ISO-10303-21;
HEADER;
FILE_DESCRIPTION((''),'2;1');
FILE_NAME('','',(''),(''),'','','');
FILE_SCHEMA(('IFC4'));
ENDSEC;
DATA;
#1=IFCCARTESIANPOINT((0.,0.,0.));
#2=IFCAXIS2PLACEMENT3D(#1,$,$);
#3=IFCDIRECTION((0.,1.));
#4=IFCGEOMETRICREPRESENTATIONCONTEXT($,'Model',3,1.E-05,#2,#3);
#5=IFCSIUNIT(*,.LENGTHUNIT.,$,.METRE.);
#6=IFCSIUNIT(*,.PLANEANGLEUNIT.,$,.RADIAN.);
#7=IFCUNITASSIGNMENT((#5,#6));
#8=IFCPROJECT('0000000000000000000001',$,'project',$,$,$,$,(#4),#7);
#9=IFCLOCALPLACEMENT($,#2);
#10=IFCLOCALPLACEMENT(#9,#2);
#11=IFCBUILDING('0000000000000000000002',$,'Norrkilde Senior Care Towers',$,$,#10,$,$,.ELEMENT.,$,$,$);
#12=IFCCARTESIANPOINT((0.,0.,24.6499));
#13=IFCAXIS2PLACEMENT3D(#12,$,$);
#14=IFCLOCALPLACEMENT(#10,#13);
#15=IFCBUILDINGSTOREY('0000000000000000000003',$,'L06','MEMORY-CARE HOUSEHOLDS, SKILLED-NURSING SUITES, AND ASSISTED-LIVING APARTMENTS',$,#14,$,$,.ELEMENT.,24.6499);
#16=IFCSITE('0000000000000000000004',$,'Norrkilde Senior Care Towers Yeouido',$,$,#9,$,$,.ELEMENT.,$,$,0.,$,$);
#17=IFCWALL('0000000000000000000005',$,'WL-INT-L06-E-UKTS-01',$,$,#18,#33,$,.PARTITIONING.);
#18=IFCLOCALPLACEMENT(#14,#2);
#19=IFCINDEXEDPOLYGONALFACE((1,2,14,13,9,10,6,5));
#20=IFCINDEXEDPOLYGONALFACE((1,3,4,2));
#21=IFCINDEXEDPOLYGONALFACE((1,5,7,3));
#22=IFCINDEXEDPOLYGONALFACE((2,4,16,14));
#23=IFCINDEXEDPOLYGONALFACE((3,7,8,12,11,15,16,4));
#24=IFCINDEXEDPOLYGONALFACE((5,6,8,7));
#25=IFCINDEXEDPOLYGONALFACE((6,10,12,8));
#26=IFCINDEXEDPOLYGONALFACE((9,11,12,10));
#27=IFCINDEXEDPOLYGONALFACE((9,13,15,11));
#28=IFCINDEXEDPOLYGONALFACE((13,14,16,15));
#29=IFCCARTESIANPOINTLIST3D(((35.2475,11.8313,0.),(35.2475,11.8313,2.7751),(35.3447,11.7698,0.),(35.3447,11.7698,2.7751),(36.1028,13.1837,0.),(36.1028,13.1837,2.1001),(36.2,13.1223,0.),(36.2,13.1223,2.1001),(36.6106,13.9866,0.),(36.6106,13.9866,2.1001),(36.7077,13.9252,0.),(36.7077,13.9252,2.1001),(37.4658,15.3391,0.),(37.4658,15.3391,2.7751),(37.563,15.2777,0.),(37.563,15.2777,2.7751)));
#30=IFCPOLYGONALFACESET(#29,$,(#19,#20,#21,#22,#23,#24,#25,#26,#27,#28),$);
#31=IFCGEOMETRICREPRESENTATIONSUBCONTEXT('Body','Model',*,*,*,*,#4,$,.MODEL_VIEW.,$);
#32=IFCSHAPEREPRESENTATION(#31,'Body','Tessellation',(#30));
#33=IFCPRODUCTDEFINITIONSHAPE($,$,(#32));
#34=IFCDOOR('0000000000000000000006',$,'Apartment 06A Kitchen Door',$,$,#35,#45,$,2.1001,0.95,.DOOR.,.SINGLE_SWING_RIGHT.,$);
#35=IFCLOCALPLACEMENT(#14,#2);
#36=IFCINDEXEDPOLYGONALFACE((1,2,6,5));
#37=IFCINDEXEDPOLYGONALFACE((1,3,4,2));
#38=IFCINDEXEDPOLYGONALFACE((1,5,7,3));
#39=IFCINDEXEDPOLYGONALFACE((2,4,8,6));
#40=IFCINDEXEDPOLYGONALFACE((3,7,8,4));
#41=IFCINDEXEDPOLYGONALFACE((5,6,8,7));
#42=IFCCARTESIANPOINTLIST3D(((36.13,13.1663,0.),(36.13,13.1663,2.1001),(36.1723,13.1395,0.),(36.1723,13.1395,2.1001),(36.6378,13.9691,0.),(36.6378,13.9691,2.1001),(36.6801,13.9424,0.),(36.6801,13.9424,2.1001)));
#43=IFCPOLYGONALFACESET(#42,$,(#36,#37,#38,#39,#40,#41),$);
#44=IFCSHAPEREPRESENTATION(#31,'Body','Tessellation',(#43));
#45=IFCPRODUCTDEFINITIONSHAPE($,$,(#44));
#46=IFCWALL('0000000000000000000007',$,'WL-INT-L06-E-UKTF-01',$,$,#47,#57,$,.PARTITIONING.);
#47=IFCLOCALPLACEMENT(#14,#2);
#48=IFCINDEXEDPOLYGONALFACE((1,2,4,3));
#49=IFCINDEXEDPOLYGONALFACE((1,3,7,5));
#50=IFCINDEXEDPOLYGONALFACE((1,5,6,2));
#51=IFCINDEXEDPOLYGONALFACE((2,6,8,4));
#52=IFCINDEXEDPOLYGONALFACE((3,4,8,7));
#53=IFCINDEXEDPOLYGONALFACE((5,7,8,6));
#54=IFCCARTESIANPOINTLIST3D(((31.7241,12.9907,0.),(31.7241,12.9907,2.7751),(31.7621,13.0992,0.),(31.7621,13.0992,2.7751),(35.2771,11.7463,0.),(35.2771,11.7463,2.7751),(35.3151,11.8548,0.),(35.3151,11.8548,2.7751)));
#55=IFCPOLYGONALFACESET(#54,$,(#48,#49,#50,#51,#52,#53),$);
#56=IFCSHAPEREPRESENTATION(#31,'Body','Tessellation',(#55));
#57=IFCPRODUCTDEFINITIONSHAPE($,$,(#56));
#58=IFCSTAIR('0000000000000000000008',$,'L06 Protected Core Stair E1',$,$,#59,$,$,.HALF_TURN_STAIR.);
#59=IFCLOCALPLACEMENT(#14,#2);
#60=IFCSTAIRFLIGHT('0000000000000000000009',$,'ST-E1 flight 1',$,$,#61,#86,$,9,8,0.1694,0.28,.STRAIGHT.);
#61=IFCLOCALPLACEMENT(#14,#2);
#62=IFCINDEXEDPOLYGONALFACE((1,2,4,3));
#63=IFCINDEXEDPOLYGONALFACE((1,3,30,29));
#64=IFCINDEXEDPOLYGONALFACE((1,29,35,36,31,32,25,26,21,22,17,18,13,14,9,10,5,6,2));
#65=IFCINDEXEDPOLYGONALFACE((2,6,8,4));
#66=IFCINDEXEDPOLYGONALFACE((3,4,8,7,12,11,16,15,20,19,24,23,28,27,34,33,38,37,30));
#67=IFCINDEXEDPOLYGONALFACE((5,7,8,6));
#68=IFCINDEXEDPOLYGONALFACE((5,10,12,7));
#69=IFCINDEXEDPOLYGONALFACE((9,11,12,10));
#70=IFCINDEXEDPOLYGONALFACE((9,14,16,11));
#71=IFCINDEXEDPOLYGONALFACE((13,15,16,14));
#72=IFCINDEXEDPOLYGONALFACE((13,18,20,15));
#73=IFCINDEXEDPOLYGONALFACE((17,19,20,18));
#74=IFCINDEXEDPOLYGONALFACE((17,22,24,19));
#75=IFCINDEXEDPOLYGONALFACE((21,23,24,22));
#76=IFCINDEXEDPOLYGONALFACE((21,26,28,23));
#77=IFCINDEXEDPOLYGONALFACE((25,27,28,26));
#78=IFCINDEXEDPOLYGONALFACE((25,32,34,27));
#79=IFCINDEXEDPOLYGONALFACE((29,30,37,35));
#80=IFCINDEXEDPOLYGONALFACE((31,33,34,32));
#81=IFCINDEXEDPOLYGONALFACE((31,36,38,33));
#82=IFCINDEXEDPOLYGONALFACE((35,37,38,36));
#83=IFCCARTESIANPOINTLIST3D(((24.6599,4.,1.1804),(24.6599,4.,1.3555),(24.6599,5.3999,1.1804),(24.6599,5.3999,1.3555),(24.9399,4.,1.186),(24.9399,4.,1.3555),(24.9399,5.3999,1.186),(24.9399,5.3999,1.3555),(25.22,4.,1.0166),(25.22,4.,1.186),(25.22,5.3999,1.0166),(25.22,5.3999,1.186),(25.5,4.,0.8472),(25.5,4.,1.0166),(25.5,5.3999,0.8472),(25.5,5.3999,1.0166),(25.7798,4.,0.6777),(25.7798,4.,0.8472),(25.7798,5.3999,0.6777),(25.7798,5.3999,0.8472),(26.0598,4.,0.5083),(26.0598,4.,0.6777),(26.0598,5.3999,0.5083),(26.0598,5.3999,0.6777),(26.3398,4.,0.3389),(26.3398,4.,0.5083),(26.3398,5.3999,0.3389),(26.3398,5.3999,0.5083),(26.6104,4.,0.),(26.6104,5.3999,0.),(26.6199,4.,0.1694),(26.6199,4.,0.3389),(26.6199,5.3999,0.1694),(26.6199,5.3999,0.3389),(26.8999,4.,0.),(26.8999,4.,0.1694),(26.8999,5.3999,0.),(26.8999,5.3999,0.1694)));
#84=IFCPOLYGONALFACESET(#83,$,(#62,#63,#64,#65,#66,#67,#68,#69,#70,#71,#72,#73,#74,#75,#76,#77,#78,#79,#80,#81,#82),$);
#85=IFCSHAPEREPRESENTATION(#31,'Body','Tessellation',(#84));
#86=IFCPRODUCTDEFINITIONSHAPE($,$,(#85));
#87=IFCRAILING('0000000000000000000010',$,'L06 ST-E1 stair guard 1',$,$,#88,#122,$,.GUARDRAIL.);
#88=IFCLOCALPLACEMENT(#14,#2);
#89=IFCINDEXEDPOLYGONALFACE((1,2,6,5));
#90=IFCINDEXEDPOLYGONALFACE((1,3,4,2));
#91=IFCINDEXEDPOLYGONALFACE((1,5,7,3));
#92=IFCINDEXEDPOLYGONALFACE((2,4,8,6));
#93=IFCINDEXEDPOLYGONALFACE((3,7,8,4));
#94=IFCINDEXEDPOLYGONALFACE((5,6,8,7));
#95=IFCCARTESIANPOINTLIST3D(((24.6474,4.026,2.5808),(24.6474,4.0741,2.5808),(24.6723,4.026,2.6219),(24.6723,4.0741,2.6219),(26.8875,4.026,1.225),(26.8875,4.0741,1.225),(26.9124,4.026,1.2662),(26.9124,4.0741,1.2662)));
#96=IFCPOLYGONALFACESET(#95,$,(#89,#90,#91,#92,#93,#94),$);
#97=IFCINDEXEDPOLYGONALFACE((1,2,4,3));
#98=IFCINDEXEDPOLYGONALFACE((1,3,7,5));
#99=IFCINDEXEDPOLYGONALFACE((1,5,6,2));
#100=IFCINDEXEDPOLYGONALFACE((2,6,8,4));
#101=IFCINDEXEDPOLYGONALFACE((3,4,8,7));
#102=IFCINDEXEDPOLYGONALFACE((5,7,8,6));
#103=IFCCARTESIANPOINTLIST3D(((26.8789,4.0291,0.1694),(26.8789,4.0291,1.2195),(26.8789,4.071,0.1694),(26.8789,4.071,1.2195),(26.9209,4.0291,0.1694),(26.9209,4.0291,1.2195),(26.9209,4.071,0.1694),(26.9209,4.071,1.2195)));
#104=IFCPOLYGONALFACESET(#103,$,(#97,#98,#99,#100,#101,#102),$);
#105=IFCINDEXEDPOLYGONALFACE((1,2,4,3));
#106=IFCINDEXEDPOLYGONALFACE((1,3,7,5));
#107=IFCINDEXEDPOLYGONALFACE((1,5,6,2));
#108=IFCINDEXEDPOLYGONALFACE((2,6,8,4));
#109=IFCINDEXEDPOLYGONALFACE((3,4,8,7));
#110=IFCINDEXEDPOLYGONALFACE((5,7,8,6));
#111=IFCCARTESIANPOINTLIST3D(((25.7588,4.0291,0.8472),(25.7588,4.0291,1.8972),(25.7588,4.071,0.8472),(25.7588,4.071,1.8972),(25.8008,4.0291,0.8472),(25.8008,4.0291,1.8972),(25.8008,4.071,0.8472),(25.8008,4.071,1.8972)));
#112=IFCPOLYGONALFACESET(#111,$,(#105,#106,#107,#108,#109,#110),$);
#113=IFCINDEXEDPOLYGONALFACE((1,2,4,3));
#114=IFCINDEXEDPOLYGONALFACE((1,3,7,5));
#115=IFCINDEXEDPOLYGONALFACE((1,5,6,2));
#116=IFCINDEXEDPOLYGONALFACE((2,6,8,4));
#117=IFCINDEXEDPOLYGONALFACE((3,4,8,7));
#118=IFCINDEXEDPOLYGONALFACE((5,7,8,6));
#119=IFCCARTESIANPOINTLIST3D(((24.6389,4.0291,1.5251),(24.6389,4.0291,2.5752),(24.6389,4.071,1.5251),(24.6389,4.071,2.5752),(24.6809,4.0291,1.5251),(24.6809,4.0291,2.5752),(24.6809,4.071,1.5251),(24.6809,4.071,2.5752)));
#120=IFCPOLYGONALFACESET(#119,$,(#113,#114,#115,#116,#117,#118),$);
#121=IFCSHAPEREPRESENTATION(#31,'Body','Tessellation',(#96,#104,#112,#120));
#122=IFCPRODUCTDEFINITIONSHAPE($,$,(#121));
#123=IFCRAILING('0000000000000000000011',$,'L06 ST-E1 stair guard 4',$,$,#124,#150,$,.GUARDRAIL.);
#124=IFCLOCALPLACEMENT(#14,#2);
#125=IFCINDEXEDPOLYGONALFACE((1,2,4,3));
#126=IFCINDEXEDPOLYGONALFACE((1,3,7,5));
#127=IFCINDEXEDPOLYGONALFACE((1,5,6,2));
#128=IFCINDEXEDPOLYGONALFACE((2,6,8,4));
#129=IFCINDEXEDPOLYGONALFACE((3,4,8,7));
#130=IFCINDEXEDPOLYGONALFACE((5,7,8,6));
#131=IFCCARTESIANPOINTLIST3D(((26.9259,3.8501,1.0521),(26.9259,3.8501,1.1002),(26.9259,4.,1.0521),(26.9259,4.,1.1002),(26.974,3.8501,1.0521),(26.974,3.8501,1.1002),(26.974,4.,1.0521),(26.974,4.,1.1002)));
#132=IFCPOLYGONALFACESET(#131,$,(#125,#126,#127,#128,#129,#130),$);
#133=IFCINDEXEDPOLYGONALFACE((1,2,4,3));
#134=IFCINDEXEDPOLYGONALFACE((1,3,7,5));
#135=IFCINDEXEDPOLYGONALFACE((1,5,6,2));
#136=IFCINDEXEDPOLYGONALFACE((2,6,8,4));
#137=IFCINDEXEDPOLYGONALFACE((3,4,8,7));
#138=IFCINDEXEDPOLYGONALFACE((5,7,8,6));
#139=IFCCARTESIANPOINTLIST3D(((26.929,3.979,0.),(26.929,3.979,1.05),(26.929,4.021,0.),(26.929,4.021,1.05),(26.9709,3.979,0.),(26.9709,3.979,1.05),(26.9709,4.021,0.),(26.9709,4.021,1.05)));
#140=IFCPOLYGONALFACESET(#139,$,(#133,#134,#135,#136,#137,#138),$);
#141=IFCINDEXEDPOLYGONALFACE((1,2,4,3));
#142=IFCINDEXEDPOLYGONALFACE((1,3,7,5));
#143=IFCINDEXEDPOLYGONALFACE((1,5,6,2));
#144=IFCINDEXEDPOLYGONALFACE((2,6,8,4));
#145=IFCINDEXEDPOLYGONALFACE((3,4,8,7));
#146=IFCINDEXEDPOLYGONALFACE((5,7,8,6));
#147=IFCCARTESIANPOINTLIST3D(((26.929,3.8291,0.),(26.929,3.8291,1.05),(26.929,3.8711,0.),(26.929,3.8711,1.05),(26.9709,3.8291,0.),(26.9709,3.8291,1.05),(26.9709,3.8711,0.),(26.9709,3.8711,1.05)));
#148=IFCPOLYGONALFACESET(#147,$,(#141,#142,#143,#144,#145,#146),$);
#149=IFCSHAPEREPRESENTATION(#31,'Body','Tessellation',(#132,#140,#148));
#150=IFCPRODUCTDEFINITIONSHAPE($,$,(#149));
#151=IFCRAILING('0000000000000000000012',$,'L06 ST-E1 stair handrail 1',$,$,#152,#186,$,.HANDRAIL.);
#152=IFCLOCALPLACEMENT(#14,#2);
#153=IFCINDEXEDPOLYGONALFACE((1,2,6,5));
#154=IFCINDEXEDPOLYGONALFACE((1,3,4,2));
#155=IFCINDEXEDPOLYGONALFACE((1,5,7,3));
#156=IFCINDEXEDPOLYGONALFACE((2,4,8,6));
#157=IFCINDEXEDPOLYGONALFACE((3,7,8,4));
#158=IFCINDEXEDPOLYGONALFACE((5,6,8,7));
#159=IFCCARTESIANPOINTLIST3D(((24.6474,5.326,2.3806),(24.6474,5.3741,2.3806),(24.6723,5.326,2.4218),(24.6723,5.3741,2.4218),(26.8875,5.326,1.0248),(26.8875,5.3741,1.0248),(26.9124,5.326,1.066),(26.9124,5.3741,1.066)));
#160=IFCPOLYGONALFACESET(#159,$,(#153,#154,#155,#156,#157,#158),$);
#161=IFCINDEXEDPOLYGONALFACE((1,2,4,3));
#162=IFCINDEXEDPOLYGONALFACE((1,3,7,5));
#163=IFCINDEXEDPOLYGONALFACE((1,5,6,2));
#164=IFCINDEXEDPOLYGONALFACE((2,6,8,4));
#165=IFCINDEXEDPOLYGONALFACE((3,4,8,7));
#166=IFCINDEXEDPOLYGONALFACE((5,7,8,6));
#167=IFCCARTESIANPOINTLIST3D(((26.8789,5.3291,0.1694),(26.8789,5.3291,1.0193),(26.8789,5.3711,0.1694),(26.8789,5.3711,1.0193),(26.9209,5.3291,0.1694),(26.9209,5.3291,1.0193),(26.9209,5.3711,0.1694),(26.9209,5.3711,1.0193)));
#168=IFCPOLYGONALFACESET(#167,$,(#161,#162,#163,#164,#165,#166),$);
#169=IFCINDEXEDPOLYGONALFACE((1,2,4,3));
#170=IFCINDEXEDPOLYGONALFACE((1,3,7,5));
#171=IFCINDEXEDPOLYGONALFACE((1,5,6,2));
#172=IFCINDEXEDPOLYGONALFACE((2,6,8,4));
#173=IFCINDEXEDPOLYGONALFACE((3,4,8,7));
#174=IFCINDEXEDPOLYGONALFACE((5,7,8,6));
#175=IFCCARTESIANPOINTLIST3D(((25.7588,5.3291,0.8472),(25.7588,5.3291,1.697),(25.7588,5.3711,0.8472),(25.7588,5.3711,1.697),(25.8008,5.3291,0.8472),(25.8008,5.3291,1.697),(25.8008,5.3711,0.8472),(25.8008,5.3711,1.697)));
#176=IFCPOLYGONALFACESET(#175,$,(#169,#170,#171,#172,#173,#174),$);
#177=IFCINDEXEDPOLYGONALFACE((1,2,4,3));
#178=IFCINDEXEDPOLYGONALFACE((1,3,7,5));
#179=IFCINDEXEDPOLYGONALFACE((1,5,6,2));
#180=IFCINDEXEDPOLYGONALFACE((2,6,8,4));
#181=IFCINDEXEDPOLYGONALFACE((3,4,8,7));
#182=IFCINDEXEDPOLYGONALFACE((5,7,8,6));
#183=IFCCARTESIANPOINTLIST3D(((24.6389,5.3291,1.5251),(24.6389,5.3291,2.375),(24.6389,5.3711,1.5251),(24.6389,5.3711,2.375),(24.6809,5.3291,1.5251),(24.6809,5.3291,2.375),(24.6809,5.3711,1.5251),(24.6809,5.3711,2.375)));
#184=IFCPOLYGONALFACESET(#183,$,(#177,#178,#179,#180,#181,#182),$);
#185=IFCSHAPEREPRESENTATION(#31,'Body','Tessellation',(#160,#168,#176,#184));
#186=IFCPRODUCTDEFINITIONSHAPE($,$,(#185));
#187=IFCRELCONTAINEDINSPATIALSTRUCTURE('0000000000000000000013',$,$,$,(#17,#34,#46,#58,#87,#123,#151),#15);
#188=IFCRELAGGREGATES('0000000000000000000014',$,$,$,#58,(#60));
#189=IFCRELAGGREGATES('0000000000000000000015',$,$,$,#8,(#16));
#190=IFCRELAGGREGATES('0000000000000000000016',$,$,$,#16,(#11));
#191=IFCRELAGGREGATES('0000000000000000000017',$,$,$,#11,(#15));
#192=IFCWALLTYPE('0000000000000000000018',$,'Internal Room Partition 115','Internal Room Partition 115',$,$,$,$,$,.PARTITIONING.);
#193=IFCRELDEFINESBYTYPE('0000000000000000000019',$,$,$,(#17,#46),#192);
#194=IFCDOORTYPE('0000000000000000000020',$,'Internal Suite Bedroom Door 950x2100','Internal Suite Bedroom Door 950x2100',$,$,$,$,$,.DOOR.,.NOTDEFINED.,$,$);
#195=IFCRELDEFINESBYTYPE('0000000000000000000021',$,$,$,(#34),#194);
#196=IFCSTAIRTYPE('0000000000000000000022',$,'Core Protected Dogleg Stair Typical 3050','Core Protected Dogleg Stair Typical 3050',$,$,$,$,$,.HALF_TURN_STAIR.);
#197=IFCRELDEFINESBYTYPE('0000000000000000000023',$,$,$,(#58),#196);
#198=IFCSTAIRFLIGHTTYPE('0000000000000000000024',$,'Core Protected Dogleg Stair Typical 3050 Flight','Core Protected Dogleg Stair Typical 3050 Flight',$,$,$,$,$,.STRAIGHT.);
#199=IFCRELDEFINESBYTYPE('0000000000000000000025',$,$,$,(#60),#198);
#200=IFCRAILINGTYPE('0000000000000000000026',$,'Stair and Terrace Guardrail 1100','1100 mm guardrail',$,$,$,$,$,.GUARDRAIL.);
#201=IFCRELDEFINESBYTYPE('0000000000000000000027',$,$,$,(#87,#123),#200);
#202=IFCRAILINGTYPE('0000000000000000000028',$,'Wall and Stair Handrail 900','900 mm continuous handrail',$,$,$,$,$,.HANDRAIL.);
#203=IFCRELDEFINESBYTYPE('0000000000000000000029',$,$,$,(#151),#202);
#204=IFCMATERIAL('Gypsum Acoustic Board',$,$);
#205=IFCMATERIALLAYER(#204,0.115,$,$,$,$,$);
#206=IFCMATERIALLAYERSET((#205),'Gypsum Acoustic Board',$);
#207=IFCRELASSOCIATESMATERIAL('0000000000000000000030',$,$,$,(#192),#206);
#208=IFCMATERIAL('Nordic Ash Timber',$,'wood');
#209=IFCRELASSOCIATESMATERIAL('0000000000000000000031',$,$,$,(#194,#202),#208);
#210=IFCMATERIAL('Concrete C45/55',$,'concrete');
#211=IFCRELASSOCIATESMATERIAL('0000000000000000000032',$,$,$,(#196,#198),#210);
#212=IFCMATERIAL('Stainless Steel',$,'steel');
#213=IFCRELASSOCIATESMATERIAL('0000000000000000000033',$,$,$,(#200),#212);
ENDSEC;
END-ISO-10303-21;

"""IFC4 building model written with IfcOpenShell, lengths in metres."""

from ifc_helpers import new_model, si_unit, direction, frame, frame_2d, origin, origin_2d, place, context, subcontext, project, spatial, polyline, rectangle, outline, extrude, source, transform, mapped, material, layer, layer_set, type_object, type_shapes, element, fill, aggregate, save


model = new_model("IFC4")

# Units and contexts
model_context = context("Model", 3, precision=1e-05, world=origin(), true_north=direction((0.0, 1.0)))
body_context = subcontext(model_context, "Body", "Model", "MODEL_VIEW")
ifc_project = project(units=[si_unit("LENGTHUNIT", "METRE"), si_unit("PLANEANGLEUNIT", "RADIAN")], contexts=[model_context])

# Site, building, storey
site_placement = place(None, origin())
site = spatial("IfcSite", under=ifc_project, at=site_placement, Name="Norrkilde Senior Care Towers Yeouido", CompositionType="ELEMENT", RefElevation=0.0)
building_placement = place(site_placement, origin())
building = spatial("IfcBuilding", under=site, at=building_placement, Name="Norrkilde Senior Care Towers", CompositionType="ELEMENT")
storey_placement = place(building_placement, frame((0.0, 0.0, 24.6499)))
storey = spatial("IfcBuildingStorey", under=building, at=storey_placement, Name="L06", Description="MEMORY-CARE HOUSEHOLDS, SKILLED-NURSING SUITES, AND ASSISTED-LIVING APARTMENTS", CompositionType="ELEMENT", Elevation=24.6499)

# Shared definitions
ifc_material_1 = material(Name="Concrete C45/55", Category="concrete")

# Shared definitions
ifc_material_2 = material(Name="Gypsum Acoustic Board")
ifc_layer_1 = layer(ifc_material_2, 0.115)
ifc_layer_set_1 = layer_set([ifc_layer_1], Name="Gypsum Acoustic Board")
wall_type_1 = type_object("IfcWallType", Name="Internal Room Partition 115", Description="Internal Room Partition 115", PredefinedType="PARTITIONING", material=ifc_layer_set_1)
ifc_material_3 = material(Name="Nordic Ash Timber", Category="wood")
door_type_1 = type_object("IfcDoorType", Name="Internal Suite Bedroom Door 950x2100", Description="Internal Suite Bedroom Door 950x2100", OperationType="NOTDEFINED", PredefinedType="DOOR", material=ifc_material_3)
shared_shape_1 = source(origin(), body_context, "Body", "SweptSolid", [
    extrude(rectangle(XDim=0.95, YDim=2.1001, at=frame_2d((0.4751, 1.05))), frame((0.0, 0.0249, 0.0), z_axis=(0.0, -1.0, 0.0), x_axis=(1.0, 0.0, 0.0)), (0.0, 0.0, 1.0), 0.05),
])
type_shapes(door_type_1, [shared_shape_1])

# Wall, opening, door
shared_shape_2 = source(origin(), body_context, "Body", "SweptSolid", [
    extrude(rectangle(XDim=4.1504, YDim=0.115, at=frame_2d((2.0752, 0.0))), origin(), (0.0, 0.0, 1.0), 2.7751),
])
wall_1_placement = place(storey_placement, frame((35.2961, 11.8005, 0.0), z_axis=(0.0, 0.0, 1.0), x_axis=(0.534475, 0.845184, 0.0)))
wall_1 = element("IfcWall", 1, at=wall_1_placement, inside=storey, type_object=wall_type_1, Name="WL-INT-L06-E-UKTS-01", PredefinedType="PARTITIONING", context=body_context, shape_type="MappedRepresentation", body=[
    mapped(shared_shape_2, transform((0.0, 0.0, 0.0), x_axis=(1.0, 0.0, 0.0), y_axis=(0.0, 1.0, 0.0), z_axis=(0.0, 0.0, 1.0), scale=1.0)),
])
opening_1_placement = place(wall_1_placement, frame((1.6001, 0.0, 0.0)))
opening_1 = element("IfcOpeningElement", 2, at=opening_1_placement, cuts=wall_1, PredefinedType="OPENING", context=body_context, shape_type="SweptSolid", body=[
    extrude(rectangle(XDim=0.95, YDim=2.1001, at=frame_2d((0.4751, 1.05))), frame((0.0, 0.0674, 0.0), z_axis=(0.0, -1.0, 0.0), x_axis=(1.0, 0.0, 0.0)), (0.0, 0.0, 1.0), 0.135),
])
door_1_placement = place(opening_1_placement, frame((0.95, 0.0, 0.0), z_axis=(0.0, 0.0, 1.0), x_axis=(-1.0, 0.0, 0.0)))
door_1 = element("IfcDoor", 3, at=door_1_placement, inside=storey, type_object=door_type_1, Name="Apartment 06A Kitchen Door", OperationType="SINGLE_SWING_RIGHT", OverallHeight=2.1001, OverallWidth=0.95, PredefinedType="DOOR", context=body_context, shape_type="MappedRepresentation", body=[
    mapped(shared_shape_1, transform((0.0, 0.0, 0.0), x_axis=(1.0, 0.0, 0.0), y_axis=(0.0, 1.0, 0.0), z_axis=(0.0, 0.0, 1.0), scale=1.0)),
])
fill(opening_1, door_1)

# Wall
shared_shape_3 = source(origin(), body_context, "Body", "SweptSolid", [
    extrude(rectangle(XDim=3.7646, YDim=0.115, at=frame_2d((1.8823, 0.0))), origin(), (0.0, 0.0, 1.0), 2.7751),
])
wall_2_placement = place(storey_placement, frame((35.2961, 11.8005, 0.0), z_axis=(0.0, 0.0, 1.0), x_axis=(-0.943789, 0.33055, 0.0)))
element("IfcWall", 4, at=wall_2_placement, inside=storey, type_object=wall_type_1, Name="WL-INT-L06-E-UKTF-01", PredefinedType="PARTITIONING", context=body_context, shape_type="MappedRepresentation", body=[
    mapped(shared_shape_3, transform((0.0, 0.0, 0.0), x_axis=(1.0, 0.0, 0.0), y_axis=(0.0, 1.0, 0.0), z_axis=(0.0, 0.0, 1.0), scale=1.0)),
])

# Stair, stair flight
stair_type = type_object("IfcStairType", Name="Core Protected Dogleg Stair Typical 3050", Description="Core Protected Dogleg Stair Typical 3050", PredefinedType="HALF_TURN_STAIR", material=ifc_material_1)
stair_placement = place(storey_placement, origin())
stair = element("IfcStair", 5, at=stair_placement, inside=storey, type_object=stair_type, Name="L06 Protected Core Stair E1", PredefinedType="HALF_TURN_STAIR")
stair_flight_type = type_object("IfcStairFlightType", Name="Core Protected Dogleg Stair Typical 3050 Flight", Description="Core Protected Dogleg Stair Typical 3050 Flight", PredefinedType="STRAIGHT", material=ifc_material_1)
stair_flight_placement = place(storey_placement, frame((26.8999, 4.7, 0.0), z_axis=(0.0, 0.0, 1.0), x_axis=(-1.0, 0.0, 0.0)))
stair_flight = element("IfcStairFlight", 6, at=stair_flight_placement, type_object=stair_flight_type, Name="ST-E1 flight 1", NumberOfRisers=9, NumberOfTreads=8, PredefinedType="STRAIGHT", RiserHeight=0.1694, TreadLength=0.28, context=body_context, shape_type="SweptSolid", body=[
    extrude(outline(polyline([(0.0, 0.0), (0.0, 0.1694), (0.28, 0.1694), (0.28, 0.3389), (0.5601, 0.3389), (0.5601, 0.5083), (0.8401, 0.5083), (0.8401, 0.6777), (1.1201, 0.6777), (1.1201, 0.8472), (1.3999, 0.8472), (1.3999, 1.0166), (1.6799, 1.0166), (1.6799, 1.186), (1.96, 1.186), (1.96, 1.3555), (2.24, 1.3555), (2.24, 1.5249), (2.24, 1.1804), (0.2896, 0.0), (0.0, 0.0)])), frame((0.0, 0.7, 0.0), z_axis=(0.0, -1.0, 0.0), x_axis=(1.0, 0.0, 0.0)), (0.0, 0.0, 1.0), 1.3999),
])
aggregate(stair, [stair_flight])

# Railings
ifc_material_4 = material(Name="Stainless Steel", Category="steel")
railing_type_1 = type_object("IfcRailingType", Name="Stair and Terrace Guardrail 1100", Description="1100 mm guardrail", PredefinedType="GUARDRAIL", material=ifc_material_4)
railing_1_placement = place(storey_placement, frame((26.8999, 4.05, 0.1694)))
element("IfcRailing", 7, at=railing_1_placement, inside=storey, type_object=railing_type_1, Name="L06 ST-E1 stair guard 1", PredefinedType="GUARDRAIL", context=body_context, shape_type="SweptSolid", body=[
    extrude(rectangle(XDim=0.0481, YDim=0.0481, at=origin_2d()), frame((0.0, 0.0, 1.0762), z_axis=(-0.855512, 0.0, 0.517783), x_axis=(0.0, -1.0, 0.0)), (0.0, 0.0, 1.0), 2.6184),
    extrude(rectangle(XDim=0.042, YDim=0.042, at=origin_2d()), origin(), (0.0, 0.0, 1.0), 1.05),
    extrude(rectangle(XDim=0.042, YDim=0.042, at=origin_2d()), frame((-1.1201, 0.0, 0.6777)), (0.0, 0.0, 1.0), 1.05),
    extrude(rectangle(XDim=0.042, YDim=0.042, at=origin_2d()), frame((-2.24, 0.0, 1.3557)), (0.0, 0.0, 1.0), 1.05),
])
railing_2_placement = place(storey_placement, frame((26.95, 4.0, 0.0)))
element("IfcRailing", 8, at=railing_2_placement, inside=storey, type_object=railing_type_1, Name="L06 ST-E1 stair guard 4", PredefinedType="GUARDRAIL", context=body_context, shape_type="SweptSolid", body=[
    extrude(rectangle(XDim=0.0481, YDim=0.0481, at=origin_2d()), frame((0.0, 0.0, 1.0762), z_axis=(0.0, -1.0, 0.0), x_axis=(1.0, 0.0, 0.0)), (0.0, 0.0, 1.0), 0.1499),
    extrude(rectangle(XDim=0.042, YDim=0.042, at=origin_2d()), origin(), (0.0, 0.0, 1.0), 1.05),
    extrude(rectangle(XDim=0.042, YDim=0.042, at=origin_2d()), frame((0.0, -0.1499, 0.0)), (0.0, 0.0, 1.0), 1.05),
])
railing_type_2 = type_object("IfcRailingType", Name="Wall and Stair Handrail 900", Description="900 mm continuous handrail", PredefinedType="HANDRAIL", material=ifc_material_3)
railing_3_placement = place(storey_placement, frame((26.8999, 5.3501, 0.1694)))
element("IfcRailing", 9, at=railing_3_placement, inside=storey, type_object=railing_type_2, Name="L06 ST-E1 stair handrail 1", PredefinedType="HANDRAIL", context=body_context, shape_type="SweptSolid", body=[
    extrude(rectangle(XDim=0.0481, YDim=0.0481, at=origin_2d()), frame((0.0, 0.0, 0.876), z_axis=(-0.855512, 0.0, 0.517783), x_axis=(0.0, -1.0, 0.0)), (0.0, 0.0, 1.0), 2.6184),
    extrude(rectangle(XDim=0.042, YDim=0.042, at=origin_2d()), origin(), (0.0, 0.0, 1.0), 0.8499),
    extrude(rectangle(XDim=0.042, YDim=0.042, at=origin_2d()), frame((-1.1201, 0.0, 0.6777)), (0.0, 0.0, 1.0), 0.8499),
    extrude(rectangle(XDim=0.042, YDim=0.042, at=origin_2d()), frame((-2.24, 0.0, 1.3557)), (0.0, 0.0, 1.0), 0.8499),
])

save(model, "model.ifc")
